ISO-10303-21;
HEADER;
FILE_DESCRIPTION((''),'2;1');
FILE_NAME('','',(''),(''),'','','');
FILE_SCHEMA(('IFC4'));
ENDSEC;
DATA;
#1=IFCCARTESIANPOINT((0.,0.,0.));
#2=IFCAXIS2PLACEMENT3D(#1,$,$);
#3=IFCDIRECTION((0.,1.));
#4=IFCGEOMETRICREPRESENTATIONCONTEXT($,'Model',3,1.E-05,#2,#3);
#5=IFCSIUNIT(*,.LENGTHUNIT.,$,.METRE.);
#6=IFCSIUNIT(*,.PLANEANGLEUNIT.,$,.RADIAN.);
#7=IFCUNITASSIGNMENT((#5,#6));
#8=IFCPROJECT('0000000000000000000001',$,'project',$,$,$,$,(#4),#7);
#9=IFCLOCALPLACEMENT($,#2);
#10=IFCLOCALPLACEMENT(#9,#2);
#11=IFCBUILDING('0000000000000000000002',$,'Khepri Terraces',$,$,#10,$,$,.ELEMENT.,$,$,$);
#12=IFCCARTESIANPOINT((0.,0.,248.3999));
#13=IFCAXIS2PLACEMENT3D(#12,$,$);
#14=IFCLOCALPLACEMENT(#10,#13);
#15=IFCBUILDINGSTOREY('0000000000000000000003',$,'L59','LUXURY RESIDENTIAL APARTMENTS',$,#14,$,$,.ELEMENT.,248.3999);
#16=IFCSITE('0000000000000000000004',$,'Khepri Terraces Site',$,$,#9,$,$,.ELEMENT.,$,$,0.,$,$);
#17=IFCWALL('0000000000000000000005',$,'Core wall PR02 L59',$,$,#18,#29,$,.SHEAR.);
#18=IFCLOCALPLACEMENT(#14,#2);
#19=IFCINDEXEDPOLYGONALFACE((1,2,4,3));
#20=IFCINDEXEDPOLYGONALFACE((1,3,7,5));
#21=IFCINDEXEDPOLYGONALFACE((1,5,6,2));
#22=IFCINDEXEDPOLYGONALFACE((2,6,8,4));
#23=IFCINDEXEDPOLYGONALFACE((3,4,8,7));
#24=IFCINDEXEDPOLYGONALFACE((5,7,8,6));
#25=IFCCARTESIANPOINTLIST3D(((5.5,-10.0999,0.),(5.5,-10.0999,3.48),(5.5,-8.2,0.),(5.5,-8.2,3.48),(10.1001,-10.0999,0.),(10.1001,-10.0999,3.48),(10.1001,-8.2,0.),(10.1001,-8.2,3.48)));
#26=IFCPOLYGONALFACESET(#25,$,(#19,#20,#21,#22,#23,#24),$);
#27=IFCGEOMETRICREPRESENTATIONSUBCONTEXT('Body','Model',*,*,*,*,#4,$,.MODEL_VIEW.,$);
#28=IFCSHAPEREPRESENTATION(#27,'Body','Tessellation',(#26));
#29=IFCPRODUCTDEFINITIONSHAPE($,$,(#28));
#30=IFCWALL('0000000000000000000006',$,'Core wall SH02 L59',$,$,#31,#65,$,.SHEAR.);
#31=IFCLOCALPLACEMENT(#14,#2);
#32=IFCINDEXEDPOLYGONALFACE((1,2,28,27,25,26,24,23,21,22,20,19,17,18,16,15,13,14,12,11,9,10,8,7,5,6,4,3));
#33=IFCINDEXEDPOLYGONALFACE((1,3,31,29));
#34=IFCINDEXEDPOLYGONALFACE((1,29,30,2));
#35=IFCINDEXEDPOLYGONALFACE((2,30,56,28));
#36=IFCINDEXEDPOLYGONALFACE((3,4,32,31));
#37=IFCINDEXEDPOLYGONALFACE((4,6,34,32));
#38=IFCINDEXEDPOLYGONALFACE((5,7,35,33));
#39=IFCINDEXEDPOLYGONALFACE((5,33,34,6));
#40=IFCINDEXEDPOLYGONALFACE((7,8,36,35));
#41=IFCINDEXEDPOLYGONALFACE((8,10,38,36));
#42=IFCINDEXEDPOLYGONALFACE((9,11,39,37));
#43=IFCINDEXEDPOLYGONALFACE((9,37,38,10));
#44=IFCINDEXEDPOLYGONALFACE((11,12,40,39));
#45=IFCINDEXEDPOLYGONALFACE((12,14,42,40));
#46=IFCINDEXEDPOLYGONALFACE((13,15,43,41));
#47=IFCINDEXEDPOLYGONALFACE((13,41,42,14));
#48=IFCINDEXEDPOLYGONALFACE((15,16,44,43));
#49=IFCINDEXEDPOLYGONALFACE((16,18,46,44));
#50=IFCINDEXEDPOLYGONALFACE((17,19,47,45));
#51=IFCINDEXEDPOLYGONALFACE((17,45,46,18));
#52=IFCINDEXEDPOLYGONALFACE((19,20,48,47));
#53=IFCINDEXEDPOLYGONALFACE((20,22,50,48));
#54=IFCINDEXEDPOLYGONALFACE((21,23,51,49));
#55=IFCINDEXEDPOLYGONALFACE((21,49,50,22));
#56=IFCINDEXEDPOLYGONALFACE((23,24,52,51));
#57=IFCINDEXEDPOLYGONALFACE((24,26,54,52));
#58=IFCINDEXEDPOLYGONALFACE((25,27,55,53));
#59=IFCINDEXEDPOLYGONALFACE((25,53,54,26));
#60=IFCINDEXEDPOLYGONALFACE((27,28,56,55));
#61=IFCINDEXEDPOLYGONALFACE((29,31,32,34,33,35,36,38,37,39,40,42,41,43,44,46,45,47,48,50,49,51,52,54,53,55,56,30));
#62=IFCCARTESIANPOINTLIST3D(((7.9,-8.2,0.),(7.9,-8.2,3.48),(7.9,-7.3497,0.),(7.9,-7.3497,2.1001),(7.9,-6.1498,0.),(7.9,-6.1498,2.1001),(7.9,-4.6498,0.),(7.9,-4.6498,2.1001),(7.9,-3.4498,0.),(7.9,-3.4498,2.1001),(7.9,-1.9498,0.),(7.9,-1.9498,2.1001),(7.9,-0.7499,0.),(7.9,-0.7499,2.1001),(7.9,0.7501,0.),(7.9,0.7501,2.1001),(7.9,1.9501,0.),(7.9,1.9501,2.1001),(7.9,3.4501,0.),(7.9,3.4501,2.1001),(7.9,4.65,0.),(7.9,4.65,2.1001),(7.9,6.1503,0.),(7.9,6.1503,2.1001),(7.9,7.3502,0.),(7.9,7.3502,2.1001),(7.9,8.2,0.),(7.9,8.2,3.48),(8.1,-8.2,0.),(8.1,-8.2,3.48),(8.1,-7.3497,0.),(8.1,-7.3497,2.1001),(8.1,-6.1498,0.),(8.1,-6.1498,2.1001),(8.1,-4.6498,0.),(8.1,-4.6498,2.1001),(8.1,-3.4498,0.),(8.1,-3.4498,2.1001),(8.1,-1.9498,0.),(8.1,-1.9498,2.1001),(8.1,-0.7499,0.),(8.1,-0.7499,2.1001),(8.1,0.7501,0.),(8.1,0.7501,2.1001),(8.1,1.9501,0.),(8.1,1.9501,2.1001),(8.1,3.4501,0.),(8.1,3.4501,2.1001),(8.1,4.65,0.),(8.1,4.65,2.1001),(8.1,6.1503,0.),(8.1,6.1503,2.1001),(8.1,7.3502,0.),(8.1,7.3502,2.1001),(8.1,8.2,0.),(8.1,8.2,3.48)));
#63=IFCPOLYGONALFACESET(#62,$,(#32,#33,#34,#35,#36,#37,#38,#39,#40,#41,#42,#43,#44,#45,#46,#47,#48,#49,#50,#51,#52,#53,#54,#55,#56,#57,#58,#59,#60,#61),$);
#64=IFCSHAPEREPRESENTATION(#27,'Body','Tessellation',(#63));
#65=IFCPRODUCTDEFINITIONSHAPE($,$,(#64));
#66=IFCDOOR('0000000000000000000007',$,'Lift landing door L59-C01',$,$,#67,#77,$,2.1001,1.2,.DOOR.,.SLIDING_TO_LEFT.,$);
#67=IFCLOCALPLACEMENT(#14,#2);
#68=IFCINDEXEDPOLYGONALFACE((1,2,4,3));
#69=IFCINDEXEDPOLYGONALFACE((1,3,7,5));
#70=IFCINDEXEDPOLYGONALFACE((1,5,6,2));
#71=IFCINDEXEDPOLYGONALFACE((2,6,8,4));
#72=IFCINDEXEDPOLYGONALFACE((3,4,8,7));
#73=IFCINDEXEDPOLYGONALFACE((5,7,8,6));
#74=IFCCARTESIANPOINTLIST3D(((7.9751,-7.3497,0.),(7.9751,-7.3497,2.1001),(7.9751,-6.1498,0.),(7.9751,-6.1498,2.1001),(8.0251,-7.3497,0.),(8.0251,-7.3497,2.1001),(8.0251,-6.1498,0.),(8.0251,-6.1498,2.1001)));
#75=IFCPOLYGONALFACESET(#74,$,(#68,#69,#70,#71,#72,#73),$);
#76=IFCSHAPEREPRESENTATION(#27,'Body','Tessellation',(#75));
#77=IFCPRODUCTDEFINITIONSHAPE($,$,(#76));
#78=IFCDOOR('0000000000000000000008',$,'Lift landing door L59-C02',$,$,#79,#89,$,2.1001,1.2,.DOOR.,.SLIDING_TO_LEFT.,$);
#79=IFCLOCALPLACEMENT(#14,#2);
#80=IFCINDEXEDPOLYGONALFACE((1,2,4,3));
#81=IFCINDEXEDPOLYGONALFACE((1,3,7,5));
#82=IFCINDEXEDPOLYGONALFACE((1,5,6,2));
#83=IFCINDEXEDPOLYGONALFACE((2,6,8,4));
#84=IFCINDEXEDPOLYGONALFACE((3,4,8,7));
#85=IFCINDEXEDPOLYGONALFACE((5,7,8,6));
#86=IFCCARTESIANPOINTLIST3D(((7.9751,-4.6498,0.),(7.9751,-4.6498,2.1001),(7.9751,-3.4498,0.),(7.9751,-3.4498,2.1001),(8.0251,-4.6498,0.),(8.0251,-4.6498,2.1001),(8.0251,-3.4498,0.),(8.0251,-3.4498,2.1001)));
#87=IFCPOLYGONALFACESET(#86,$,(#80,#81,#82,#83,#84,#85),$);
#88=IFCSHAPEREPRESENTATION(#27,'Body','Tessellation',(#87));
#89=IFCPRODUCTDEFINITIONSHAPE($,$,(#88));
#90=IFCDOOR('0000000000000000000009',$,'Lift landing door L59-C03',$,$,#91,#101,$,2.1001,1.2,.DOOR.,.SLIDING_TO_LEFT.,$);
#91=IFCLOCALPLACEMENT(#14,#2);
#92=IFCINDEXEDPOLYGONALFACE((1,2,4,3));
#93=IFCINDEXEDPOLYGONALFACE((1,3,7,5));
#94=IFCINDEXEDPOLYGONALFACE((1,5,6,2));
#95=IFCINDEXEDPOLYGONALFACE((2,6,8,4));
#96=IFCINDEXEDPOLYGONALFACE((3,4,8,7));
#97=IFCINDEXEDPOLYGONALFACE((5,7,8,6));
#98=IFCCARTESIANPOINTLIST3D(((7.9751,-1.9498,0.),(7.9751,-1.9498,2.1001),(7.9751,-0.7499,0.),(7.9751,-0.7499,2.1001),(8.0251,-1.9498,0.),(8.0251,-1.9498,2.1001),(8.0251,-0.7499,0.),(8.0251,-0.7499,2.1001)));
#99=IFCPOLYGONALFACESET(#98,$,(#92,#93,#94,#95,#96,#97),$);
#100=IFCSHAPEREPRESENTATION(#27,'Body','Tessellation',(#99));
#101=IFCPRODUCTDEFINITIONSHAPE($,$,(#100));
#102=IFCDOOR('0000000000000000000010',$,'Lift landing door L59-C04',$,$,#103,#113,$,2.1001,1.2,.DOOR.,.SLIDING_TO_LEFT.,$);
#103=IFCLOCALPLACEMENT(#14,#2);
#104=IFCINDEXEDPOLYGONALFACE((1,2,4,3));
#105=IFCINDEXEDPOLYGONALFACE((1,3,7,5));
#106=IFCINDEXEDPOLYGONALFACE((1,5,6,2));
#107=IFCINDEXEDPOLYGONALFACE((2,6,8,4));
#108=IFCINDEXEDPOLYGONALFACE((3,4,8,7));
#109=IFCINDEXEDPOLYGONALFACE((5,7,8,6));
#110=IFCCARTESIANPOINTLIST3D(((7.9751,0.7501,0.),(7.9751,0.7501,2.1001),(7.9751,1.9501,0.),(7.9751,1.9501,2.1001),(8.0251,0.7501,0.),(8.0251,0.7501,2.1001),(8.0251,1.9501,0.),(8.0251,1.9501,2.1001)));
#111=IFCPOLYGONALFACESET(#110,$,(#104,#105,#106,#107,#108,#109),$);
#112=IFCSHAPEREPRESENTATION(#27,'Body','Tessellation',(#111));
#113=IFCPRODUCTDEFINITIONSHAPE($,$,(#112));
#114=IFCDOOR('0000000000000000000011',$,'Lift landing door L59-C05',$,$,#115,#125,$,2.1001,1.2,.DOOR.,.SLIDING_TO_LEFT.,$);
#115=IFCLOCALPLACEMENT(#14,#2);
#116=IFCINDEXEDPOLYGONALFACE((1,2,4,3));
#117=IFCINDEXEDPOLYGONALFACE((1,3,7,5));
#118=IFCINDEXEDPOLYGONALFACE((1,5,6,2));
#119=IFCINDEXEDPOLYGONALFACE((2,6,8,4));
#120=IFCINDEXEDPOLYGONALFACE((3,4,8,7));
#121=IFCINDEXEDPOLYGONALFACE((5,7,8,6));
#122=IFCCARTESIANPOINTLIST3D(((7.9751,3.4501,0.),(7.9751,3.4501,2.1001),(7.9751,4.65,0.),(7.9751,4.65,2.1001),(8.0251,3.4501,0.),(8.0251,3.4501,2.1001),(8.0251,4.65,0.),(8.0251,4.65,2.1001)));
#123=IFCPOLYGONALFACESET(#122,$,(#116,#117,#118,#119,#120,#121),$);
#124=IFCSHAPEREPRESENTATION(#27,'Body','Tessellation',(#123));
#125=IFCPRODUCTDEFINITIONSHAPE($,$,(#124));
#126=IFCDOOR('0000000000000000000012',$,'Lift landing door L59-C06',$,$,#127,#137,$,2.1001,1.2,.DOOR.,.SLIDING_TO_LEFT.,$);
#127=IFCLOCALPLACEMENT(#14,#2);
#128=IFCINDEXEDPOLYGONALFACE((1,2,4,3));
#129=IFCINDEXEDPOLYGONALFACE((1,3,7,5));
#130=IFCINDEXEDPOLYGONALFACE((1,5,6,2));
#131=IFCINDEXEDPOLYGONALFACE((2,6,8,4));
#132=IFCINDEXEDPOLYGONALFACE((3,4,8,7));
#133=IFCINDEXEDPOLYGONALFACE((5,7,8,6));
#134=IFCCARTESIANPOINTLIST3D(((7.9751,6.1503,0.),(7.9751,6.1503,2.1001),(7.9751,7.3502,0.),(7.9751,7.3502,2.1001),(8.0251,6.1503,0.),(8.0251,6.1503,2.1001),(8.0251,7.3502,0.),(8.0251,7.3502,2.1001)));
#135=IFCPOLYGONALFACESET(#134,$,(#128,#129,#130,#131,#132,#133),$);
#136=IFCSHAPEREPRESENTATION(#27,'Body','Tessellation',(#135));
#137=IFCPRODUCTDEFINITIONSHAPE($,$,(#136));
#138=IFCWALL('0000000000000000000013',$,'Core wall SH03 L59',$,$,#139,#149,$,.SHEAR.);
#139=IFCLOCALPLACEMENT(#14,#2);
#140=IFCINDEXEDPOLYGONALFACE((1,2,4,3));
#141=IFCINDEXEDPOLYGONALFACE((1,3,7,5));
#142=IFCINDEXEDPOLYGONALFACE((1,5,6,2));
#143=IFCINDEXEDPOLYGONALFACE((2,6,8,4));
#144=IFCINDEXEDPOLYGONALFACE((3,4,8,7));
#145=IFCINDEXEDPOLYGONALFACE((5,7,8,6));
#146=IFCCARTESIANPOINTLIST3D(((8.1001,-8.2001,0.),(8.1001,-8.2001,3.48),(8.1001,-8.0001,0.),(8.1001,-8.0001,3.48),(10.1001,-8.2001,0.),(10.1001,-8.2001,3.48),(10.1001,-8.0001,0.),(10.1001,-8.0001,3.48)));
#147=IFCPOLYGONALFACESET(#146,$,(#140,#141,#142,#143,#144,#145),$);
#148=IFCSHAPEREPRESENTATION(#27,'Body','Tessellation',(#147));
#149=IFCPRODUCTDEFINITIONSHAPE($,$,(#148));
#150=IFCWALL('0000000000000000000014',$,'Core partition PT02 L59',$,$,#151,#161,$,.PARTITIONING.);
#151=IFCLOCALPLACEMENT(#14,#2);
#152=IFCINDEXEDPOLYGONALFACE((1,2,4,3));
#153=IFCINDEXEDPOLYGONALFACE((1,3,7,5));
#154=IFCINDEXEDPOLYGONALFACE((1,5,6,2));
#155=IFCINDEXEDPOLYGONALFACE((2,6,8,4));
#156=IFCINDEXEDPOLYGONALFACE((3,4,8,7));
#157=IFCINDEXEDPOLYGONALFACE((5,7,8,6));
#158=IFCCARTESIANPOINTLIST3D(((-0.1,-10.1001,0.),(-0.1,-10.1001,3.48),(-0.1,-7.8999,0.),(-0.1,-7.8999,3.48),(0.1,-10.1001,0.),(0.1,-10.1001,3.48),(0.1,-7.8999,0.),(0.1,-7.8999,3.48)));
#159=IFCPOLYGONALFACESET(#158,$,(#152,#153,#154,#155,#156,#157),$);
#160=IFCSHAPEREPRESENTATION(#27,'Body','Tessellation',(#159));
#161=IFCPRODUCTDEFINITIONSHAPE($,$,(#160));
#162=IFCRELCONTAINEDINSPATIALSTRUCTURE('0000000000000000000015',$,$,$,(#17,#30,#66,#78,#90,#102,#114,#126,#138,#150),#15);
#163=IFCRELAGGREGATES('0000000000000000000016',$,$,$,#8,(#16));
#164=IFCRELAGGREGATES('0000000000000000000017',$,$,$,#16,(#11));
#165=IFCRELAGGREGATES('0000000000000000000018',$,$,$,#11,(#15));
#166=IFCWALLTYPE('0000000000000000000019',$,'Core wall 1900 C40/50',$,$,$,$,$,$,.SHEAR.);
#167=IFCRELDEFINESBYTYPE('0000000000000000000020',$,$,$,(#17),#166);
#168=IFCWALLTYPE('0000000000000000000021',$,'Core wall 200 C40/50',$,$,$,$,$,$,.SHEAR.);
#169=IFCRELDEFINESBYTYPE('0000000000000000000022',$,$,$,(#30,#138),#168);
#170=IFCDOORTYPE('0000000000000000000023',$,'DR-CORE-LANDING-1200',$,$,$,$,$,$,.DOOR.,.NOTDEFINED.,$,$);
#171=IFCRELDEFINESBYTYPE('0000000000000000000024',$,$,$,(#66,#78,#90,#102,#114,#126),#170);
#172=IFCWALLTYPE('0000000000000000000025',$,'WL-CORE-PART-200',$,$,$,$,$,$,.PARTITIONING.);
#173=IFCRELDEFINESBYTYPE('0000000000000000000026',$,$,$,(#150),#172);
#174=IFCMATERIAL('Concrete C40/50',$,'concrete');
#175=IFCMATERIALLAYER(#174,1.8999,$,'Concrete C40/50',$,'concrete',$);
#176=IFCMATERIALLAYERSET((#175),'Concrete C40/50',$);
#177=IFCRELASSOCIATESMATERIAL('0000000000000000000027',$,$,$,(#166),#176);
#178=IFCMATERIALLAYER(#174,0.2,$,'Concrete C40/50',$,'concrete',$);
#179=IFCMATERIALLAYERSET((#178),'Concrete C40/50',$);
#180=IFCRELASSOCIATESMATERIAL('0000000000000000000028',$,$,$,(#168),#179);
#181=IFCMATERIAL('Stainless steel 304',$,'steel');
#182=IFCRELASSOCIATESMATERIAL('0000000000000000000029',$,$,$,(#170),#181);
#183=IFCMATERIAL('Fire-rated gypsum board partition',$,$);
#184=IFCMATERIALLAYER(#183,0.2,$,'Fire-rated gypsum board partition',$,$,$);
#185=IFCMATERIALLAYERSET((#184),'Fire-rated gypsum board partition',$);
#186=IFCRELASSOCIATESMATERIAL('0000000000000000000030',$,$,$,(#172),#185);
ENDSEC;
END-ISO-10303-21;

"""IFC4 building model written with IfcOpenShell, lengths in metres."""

from ifc_helpers import new_model, si_unit, direction, frame, frame_2d, origin, place, context, subcontext, project, spatial, rectangle, extrude, material, layer, layer_set, type_object, element, fill, save


model = new_model("IFC4")

# Units and contexts
model_context = context("Model", 3, precision=1e-05, world=origin(), true_north=direction((0.0, 1.0)))
body_context = subcontext(model_context, "Body", "Model", "MODEL_VIEW")
ifc_project = project(units=[si_unit("LENGTHUNIT", "METRE"), si_unit("PLANEANGLEUNIT", "RADIAN")], contexts=[model_context])

# Site, building, storey
site_placement = place(None, origin())
site = spatial("IfcSite", under=ifc_project, at=site_placement, Name="Khepri Terraces Site", CompositionType="ELEMENT", RefElevation=0.0)
building_placement = place(site_placement, origin())
building = spatial("IfcBuilding", under=site, at=building_placement, Name="Khepri Terraces", CompositionType="ELEMENT")
storey_placement = place(building_placement, frame((0.0, 0.0, 248.3999)))
storey = spatial("IfcBuildingStorey", under=building, at=storey_placement, Name="L59", Description="LUXURY RESIDENTIAL APARTMENTS", CompositionType="ELEMENT", Elevation=248.3999)

# Wall
ifc_material_1 = material(Name="Concrete C40/50", Category="concrete")
ifc_layer_1 = layer(ifc_material_1, 1.8999, Name="Concrete C40/50", Category="concrete")
ifc_layer_set_1 = layer_set([ifc_layer_1], Name="Concrete C40/50")
wall_type_1 = type_object("IfcWallType", Name="Core wall 1900 C40/50", PredefinedType="SHEAR", material=ifc_layer_set_1)
wall_1_placement = place(storey_placement, frame((5.5, -9.1499, 0.0), z_axis=(0.0, 0.0, 1.0), x_axis=(1.0, 0.0, 0.0)))
element("IfcWall", 1, at=wall_1_placement, inside=storey, type_object=wall_type_1, Name="Core wall PR02 L59", PredefinedType="SHEAR", context=body_context, shape_type="SweptSolid", body=[
    extrude(rectangle(XDim=4.6001, YDim=1.8999, at=frame_2d((2.3, 0.0))), origin(), (0.0, 0.0, 1.0), 3.48),
])

# Wall, openings, doors
ifc_layer_2 = layer(ifc_material_1, 0.2, Name="Concrete C40/50", Category="concrete")
ifc_layer_set_2 = layer_set([ifc_layer_2], Name="Concrete C40/50")
wall_type_2 = type_object("IfcWallType", Name="Core wall 200 C40/50", PredefinedType="SHEAR", material=ifc_layer_set_2)
wall_2_placement = place(storey_placement, frame((8.0, -8.2, 0.0), z_axis=(0.0, 0.0, 1.0), x_axis=(0.0, 1.0, 0.0)))
wall_2 = element("IfcWall", 2, at=wall_2_placement, inside=storey, type_object=wall_type_2, Name="Core wall SH02 L59", PredefinedType="SHEAR", context=body_context, shape_type="SweptSolid", body=[
    extrude(rectangle(XDim=16.3999, YDim=0.2, at=frame_2d((8.2, 0.0))), origin(), (0.0, 0.0, 1.0), 3.48),
])
opening_1_placement = place(wall_2_placement, frame((0.8501, 0.0, 0.0)))
opening_1 = element("IfcOpeningElement", 3, at=opening_1_placement, cuts=wall_2, PredefinedType="OPENING", context=body_context, shape_type="SweptSolid", body=[
    extrude(rectangle(XDim=1.2, YDim=2.1001, at=frame_2d((0.6001, 1.05))), frame((0.0, 0.1099, 0.0), z_axis=(0.0, -1.0, 0.0), x_axis=(1.0, 0.0, 0.0)), (0.0, 0.0, 1.0), 0.22),
])
opening_2_placement = place(wall_2_placement, frame((3.55, 0.0, 0.0)))
opening_2 = element("IfcOpeningElement", 4, at=opening_2_placement, cuts=wall_2, PredefinedType="OPENING", context=body_context, shape_type="SweptSolid", body=[
    extrude(rectangle(XDim=1.2, YDim=2.1001, at=frame_2d((0.6001, 1.05))), frame((0.0, 0.1099, 0.0), z_axis=(0.0, -1.0, 0.0), x_axis=(1.0, 0.0, 0.0)), (0.0, 0.0, 1.0), 0.22),
])
opening_3_placement = place(wall_2_placement, frame((6.25, 0.0, 0.0)))
opening_3 = element("IfcOpeningElement", 5, at=opening_3_placement, cuts=wall_2, PredefinedType="OPENING", context=body_context, shape_type="SweptSolid", body=[
    extrude(rectangle(XDim=1.2, YDim=2.1001, at=frame_2d((0.6001, 1.05))), frame((0.0, 0.1099, 0.0), z_axis=(0.0, -1.0, 0.0), x_axis=(1.0, 0.0, 0.0)), (0.0, 0.0, 1.0), 0.22),
])
opening_4_placement = place(wall_2_placement, frame((8.95, 0.0, 0.0)))
opening_4 = element("IfcOpeningElement", 6, at=opening_4_placement, cuts=wall_2, PredefinedType="OPENING", context=body_context, shape_type="SweptSolid", body=[
    extrude(rectangle(XDim=1.2, YDim=2.1001, at=frame_2d((0.6001, 1.05))), frame((0.0, 0.1099, 0.0), z_axis=(0.0, -1.0, 0.0), x_axis=(1.0, 0.0, 0.0)), (0.0, 0.0, 1.0), 0.22),
])
opening_5_placement = place(wall_2_placement, frame((11.6499, 0.0, 0.0)))
opening_5 = element("IfcOpeningElement", 7, at=opening_5_placement, cuts=wall_2, PredefinedType="OPENING", context=body_context, shape_type="SweptSolid", body=[
    extrude(rectangle(XDim=1.2, YDim=2.1001, at=frame_2d((0.6001, 1.05))), frame((0.0, 0.1099, 0.0), z_axis=(0.0, -1.0, 0.0), x_axis=(1.0, 0.0, 0.0)), (0.0, 0.0, 1.0), 0.22),
])
opening_6_placement = place(wall_2_placement, frame((14.3501, 0.0, 0.0)))
opening_6 = element("IfcOpeningElement", 8, at=opening_6_placement, cuts=wall_2, PredefinedType="OPENING", context=body_context, shape_type="SweptSolid", body=[
    extrude(rectangle(XDim=1.2, YDim=2.1001, at=frame_2d((0.6001, 1.05))), frame((0.0, 0.1099, 0.0), z_axis=(0.0, -1.0, 0.0), x_axis=(1.0, 0.0, 0.0)), (0.0, 0.0, 1.0), 0.22),
])
ifc_material_2 = material(Name="Stainless steel 304", Category="steel")
door_type_1 = type_object("IfcDoorType", Name="DR-CORE-LANDING-1200", OperationType="NOTDEFINED", PredefinedType="DOOR", material=ifc_material_2)
door_1_placement = place(opening_1_placement, origin())
door_1 = element("IfcDoor", 9, at=door_1_placement, inside=storey, type_object=door_type_1, Name="Lift landing door L59-C01", OperationType="SLIDING_TO_LEFT", OverallHeight=2.1001, OverallWidth=1.2, PredefinedType="DOOR", context=body_context, shape_type="SweptSolid", body=[
    extrude(rectangle(XDim=1.2, YDim=2.1001, at=frame_2d((0.6001, 1.05))), frame((0.0, 0.0249, 0.0), z_axis=(0.0, -1.0, 0.0), x_axis=(1.0, 0.0, 0.0)), (0.0, 0.0, 1.0), 0.05),
])
fill(opening_1, door_1)
door_2_placement = place(opening_2_placement, origin())
door_2 = element("IfcDoor", 10, at=door_2_placement, inside=storey, type_object=door_type_1, Name="Lift landing door L59-C02", OperationType="SLIDING_TO_LEFT", OverallHeight=2.1001, OverallWidth=1.2, PredefinedType="DOOR", context=body_context, shape_type="SweptSolid", body=[
    extrude(rectangle(XDim=1.2, YDim=2.1001, at=frame_2d((0.6001, 1.05))), frame((0.0, 0.0249, 0.0), z_axis=(0.0, -1.0, 0.0), x_axis=(1.0, 0.0, 0.0)), (0.0, 0.0, 1.0), 0.05),
])
fill(opening_2, door_2)
door_3_placement = place(opening_3_placement, origin())
door_3 = element("IfcDoor", 11, at=door_3_placement, inside=storey, type_object=door_type_1, Name="Lift landing door L59-C03", OperationType="SLIDING_TO_LEFT", OverallHeight=2.1001, OverallWidth=1.2, PredefinedType="DOOR", context=body_context, shape_type="SweptSolid", body=[
    extrude(rectangle(XDim=1.2, YDim=2.1001, at=frame_2d((0.6001, 1.05))), frame((0.0, 0.0249, 0.0), z_axis=(0.0, -1.0, 0.0), x_axis=(1.0, 0.0, 0.0)), (0.0, 0.0, 1.0), 0.05),
])
fill(opening_3, door_3)
door_4_placement = place(opening_4_placement, origin())
door_4 = element("IfcDoor", 12, at=door_4_placement, inside=storey, type_object=door_type_1, Name="Lift landing door L59-C04", OperationType="SLIDING_TO_LEFT", OverallHeight=2.1001, OverallWidth=1.2, PredefinedType="DOOR", context=body_context, shape_type="SweptSolid", body=[
    extrude(rectangle(XDim=1.2, YDim=2.1001, at=frame_2d((0.6001, 1.05))), frame((0.0, 0.0249, 0.0), z_axis=(0.0, -1.0, 0.0), x_axis=(1.0, 0.0, 0.0)), (0.0, 0.0, 1.0), 0.05),
])
fill(opening_4, door_4)
door_5_placement = place(opening_5_placement, origin())
door_5 = element("IfcDoor", 13, at=door_5_placement, inside=storey, type_object=door_type_1, Name="Lift landing door L59-C05", OperationType="SLIDING_TO_LEFT", OverallHeight=2.1001, OverallWidth=1.2, PredefinedType="DOOR", context=body_context, shape_type="SweptSolid", body=[
    extrude(rectangle(XDim=1.2, YDim=2.1001, at=frame_2d((0.6001, 1.05))), frame((0.0, 0.0249, 0.0), z_axis=(0.0, -1.0, 0.0), x_axis=(1.0, 0.0, 0.0)), (0.0, 0.0, 1.0), 0.05),
])
fill(opening_5, door_5)
door_6_placement = place(opening_6_placement, origin())
door_6 = element("IfcDoor", 14, at=door_6_placement, inside=storey, type_object=door_type_1, Name="Lift landing door L59-C06", OperationType="SLIDING_TO_LEFT", OverallHeight=2.1001, OverallWidth=1.2, PredefinedType="DOOR", context=body_context, shape_type="SweptSolid", body=[
    extrude(rectangle(XDim=1.2, YDim=2.1001, at=frame_2d((0.6001, 1.05))), frame((0.0, 0.0249, 0.0), z_axis=(0.0, -1.0, 0.0), x_axis=(1.0, 0.0, 0.0)), (0.0, 0.0, 1.0), 0.05),
])
fill(opening_6, door_6)

# Walls
wall_3_placement = place(storey_placement, frame((8.1001, -8.1001, 0.0), z_axis=(0.0, 0.0, 1.0), x_axis=(1.0, 0.0, 0.0)))
element("IfcWall", 15, at=wall_3_placement, inside=storey, type_object=wall_type_2, Name="Core wall SH03 L59", PredefinedType="SHEAR", context=body_context, shape_type="SweptSolid", body=[
    extrude(rectangle(XDim=2.0, YDim=0.2, at=frame_2d((1.0, 0.0))), origin(), (0.0, 0.0, 1.0), 3.48),
])
ifc_material_3 = material(Name="Fire-rated gypsum board partition")
ifc_layer_3 = layer(ifc_material_3, 0.2, Name="Fire-rated gypsum board partition")
ifc_layer_set_3 = layer_set([ifc_layer_3], Name="Fire-rated gypsum board partition")
wall_type_3 = type_object("IfcWallType", Name="WL-CORE-PART-200", PredefinedType="PARTITIONING", material=ifc_layer_set_3)
wall_4_placement = place(storey_placement, frame((0.0, -10.1001, 0.0), z_axis=(0.0, 0.0, 1.0), x_axis=(0.0, 1.0, 0.0)))
element("IfcWall", 16, at=wall_4_placement, inside=storey, type_object=wall_type_3, Name="Core partition PT02 L59", PredefinedType="PARTITIONING", context=body_context, shape_type="SweptSolid", body=[
    extrude(rectangle(XDim=2.2002, YDim=0.2, at=frame_2d((1.1001, 0.0))), origin(), (0.0, 0.0, 1.0), 3.48),
])

save(model, "model.ifc")
